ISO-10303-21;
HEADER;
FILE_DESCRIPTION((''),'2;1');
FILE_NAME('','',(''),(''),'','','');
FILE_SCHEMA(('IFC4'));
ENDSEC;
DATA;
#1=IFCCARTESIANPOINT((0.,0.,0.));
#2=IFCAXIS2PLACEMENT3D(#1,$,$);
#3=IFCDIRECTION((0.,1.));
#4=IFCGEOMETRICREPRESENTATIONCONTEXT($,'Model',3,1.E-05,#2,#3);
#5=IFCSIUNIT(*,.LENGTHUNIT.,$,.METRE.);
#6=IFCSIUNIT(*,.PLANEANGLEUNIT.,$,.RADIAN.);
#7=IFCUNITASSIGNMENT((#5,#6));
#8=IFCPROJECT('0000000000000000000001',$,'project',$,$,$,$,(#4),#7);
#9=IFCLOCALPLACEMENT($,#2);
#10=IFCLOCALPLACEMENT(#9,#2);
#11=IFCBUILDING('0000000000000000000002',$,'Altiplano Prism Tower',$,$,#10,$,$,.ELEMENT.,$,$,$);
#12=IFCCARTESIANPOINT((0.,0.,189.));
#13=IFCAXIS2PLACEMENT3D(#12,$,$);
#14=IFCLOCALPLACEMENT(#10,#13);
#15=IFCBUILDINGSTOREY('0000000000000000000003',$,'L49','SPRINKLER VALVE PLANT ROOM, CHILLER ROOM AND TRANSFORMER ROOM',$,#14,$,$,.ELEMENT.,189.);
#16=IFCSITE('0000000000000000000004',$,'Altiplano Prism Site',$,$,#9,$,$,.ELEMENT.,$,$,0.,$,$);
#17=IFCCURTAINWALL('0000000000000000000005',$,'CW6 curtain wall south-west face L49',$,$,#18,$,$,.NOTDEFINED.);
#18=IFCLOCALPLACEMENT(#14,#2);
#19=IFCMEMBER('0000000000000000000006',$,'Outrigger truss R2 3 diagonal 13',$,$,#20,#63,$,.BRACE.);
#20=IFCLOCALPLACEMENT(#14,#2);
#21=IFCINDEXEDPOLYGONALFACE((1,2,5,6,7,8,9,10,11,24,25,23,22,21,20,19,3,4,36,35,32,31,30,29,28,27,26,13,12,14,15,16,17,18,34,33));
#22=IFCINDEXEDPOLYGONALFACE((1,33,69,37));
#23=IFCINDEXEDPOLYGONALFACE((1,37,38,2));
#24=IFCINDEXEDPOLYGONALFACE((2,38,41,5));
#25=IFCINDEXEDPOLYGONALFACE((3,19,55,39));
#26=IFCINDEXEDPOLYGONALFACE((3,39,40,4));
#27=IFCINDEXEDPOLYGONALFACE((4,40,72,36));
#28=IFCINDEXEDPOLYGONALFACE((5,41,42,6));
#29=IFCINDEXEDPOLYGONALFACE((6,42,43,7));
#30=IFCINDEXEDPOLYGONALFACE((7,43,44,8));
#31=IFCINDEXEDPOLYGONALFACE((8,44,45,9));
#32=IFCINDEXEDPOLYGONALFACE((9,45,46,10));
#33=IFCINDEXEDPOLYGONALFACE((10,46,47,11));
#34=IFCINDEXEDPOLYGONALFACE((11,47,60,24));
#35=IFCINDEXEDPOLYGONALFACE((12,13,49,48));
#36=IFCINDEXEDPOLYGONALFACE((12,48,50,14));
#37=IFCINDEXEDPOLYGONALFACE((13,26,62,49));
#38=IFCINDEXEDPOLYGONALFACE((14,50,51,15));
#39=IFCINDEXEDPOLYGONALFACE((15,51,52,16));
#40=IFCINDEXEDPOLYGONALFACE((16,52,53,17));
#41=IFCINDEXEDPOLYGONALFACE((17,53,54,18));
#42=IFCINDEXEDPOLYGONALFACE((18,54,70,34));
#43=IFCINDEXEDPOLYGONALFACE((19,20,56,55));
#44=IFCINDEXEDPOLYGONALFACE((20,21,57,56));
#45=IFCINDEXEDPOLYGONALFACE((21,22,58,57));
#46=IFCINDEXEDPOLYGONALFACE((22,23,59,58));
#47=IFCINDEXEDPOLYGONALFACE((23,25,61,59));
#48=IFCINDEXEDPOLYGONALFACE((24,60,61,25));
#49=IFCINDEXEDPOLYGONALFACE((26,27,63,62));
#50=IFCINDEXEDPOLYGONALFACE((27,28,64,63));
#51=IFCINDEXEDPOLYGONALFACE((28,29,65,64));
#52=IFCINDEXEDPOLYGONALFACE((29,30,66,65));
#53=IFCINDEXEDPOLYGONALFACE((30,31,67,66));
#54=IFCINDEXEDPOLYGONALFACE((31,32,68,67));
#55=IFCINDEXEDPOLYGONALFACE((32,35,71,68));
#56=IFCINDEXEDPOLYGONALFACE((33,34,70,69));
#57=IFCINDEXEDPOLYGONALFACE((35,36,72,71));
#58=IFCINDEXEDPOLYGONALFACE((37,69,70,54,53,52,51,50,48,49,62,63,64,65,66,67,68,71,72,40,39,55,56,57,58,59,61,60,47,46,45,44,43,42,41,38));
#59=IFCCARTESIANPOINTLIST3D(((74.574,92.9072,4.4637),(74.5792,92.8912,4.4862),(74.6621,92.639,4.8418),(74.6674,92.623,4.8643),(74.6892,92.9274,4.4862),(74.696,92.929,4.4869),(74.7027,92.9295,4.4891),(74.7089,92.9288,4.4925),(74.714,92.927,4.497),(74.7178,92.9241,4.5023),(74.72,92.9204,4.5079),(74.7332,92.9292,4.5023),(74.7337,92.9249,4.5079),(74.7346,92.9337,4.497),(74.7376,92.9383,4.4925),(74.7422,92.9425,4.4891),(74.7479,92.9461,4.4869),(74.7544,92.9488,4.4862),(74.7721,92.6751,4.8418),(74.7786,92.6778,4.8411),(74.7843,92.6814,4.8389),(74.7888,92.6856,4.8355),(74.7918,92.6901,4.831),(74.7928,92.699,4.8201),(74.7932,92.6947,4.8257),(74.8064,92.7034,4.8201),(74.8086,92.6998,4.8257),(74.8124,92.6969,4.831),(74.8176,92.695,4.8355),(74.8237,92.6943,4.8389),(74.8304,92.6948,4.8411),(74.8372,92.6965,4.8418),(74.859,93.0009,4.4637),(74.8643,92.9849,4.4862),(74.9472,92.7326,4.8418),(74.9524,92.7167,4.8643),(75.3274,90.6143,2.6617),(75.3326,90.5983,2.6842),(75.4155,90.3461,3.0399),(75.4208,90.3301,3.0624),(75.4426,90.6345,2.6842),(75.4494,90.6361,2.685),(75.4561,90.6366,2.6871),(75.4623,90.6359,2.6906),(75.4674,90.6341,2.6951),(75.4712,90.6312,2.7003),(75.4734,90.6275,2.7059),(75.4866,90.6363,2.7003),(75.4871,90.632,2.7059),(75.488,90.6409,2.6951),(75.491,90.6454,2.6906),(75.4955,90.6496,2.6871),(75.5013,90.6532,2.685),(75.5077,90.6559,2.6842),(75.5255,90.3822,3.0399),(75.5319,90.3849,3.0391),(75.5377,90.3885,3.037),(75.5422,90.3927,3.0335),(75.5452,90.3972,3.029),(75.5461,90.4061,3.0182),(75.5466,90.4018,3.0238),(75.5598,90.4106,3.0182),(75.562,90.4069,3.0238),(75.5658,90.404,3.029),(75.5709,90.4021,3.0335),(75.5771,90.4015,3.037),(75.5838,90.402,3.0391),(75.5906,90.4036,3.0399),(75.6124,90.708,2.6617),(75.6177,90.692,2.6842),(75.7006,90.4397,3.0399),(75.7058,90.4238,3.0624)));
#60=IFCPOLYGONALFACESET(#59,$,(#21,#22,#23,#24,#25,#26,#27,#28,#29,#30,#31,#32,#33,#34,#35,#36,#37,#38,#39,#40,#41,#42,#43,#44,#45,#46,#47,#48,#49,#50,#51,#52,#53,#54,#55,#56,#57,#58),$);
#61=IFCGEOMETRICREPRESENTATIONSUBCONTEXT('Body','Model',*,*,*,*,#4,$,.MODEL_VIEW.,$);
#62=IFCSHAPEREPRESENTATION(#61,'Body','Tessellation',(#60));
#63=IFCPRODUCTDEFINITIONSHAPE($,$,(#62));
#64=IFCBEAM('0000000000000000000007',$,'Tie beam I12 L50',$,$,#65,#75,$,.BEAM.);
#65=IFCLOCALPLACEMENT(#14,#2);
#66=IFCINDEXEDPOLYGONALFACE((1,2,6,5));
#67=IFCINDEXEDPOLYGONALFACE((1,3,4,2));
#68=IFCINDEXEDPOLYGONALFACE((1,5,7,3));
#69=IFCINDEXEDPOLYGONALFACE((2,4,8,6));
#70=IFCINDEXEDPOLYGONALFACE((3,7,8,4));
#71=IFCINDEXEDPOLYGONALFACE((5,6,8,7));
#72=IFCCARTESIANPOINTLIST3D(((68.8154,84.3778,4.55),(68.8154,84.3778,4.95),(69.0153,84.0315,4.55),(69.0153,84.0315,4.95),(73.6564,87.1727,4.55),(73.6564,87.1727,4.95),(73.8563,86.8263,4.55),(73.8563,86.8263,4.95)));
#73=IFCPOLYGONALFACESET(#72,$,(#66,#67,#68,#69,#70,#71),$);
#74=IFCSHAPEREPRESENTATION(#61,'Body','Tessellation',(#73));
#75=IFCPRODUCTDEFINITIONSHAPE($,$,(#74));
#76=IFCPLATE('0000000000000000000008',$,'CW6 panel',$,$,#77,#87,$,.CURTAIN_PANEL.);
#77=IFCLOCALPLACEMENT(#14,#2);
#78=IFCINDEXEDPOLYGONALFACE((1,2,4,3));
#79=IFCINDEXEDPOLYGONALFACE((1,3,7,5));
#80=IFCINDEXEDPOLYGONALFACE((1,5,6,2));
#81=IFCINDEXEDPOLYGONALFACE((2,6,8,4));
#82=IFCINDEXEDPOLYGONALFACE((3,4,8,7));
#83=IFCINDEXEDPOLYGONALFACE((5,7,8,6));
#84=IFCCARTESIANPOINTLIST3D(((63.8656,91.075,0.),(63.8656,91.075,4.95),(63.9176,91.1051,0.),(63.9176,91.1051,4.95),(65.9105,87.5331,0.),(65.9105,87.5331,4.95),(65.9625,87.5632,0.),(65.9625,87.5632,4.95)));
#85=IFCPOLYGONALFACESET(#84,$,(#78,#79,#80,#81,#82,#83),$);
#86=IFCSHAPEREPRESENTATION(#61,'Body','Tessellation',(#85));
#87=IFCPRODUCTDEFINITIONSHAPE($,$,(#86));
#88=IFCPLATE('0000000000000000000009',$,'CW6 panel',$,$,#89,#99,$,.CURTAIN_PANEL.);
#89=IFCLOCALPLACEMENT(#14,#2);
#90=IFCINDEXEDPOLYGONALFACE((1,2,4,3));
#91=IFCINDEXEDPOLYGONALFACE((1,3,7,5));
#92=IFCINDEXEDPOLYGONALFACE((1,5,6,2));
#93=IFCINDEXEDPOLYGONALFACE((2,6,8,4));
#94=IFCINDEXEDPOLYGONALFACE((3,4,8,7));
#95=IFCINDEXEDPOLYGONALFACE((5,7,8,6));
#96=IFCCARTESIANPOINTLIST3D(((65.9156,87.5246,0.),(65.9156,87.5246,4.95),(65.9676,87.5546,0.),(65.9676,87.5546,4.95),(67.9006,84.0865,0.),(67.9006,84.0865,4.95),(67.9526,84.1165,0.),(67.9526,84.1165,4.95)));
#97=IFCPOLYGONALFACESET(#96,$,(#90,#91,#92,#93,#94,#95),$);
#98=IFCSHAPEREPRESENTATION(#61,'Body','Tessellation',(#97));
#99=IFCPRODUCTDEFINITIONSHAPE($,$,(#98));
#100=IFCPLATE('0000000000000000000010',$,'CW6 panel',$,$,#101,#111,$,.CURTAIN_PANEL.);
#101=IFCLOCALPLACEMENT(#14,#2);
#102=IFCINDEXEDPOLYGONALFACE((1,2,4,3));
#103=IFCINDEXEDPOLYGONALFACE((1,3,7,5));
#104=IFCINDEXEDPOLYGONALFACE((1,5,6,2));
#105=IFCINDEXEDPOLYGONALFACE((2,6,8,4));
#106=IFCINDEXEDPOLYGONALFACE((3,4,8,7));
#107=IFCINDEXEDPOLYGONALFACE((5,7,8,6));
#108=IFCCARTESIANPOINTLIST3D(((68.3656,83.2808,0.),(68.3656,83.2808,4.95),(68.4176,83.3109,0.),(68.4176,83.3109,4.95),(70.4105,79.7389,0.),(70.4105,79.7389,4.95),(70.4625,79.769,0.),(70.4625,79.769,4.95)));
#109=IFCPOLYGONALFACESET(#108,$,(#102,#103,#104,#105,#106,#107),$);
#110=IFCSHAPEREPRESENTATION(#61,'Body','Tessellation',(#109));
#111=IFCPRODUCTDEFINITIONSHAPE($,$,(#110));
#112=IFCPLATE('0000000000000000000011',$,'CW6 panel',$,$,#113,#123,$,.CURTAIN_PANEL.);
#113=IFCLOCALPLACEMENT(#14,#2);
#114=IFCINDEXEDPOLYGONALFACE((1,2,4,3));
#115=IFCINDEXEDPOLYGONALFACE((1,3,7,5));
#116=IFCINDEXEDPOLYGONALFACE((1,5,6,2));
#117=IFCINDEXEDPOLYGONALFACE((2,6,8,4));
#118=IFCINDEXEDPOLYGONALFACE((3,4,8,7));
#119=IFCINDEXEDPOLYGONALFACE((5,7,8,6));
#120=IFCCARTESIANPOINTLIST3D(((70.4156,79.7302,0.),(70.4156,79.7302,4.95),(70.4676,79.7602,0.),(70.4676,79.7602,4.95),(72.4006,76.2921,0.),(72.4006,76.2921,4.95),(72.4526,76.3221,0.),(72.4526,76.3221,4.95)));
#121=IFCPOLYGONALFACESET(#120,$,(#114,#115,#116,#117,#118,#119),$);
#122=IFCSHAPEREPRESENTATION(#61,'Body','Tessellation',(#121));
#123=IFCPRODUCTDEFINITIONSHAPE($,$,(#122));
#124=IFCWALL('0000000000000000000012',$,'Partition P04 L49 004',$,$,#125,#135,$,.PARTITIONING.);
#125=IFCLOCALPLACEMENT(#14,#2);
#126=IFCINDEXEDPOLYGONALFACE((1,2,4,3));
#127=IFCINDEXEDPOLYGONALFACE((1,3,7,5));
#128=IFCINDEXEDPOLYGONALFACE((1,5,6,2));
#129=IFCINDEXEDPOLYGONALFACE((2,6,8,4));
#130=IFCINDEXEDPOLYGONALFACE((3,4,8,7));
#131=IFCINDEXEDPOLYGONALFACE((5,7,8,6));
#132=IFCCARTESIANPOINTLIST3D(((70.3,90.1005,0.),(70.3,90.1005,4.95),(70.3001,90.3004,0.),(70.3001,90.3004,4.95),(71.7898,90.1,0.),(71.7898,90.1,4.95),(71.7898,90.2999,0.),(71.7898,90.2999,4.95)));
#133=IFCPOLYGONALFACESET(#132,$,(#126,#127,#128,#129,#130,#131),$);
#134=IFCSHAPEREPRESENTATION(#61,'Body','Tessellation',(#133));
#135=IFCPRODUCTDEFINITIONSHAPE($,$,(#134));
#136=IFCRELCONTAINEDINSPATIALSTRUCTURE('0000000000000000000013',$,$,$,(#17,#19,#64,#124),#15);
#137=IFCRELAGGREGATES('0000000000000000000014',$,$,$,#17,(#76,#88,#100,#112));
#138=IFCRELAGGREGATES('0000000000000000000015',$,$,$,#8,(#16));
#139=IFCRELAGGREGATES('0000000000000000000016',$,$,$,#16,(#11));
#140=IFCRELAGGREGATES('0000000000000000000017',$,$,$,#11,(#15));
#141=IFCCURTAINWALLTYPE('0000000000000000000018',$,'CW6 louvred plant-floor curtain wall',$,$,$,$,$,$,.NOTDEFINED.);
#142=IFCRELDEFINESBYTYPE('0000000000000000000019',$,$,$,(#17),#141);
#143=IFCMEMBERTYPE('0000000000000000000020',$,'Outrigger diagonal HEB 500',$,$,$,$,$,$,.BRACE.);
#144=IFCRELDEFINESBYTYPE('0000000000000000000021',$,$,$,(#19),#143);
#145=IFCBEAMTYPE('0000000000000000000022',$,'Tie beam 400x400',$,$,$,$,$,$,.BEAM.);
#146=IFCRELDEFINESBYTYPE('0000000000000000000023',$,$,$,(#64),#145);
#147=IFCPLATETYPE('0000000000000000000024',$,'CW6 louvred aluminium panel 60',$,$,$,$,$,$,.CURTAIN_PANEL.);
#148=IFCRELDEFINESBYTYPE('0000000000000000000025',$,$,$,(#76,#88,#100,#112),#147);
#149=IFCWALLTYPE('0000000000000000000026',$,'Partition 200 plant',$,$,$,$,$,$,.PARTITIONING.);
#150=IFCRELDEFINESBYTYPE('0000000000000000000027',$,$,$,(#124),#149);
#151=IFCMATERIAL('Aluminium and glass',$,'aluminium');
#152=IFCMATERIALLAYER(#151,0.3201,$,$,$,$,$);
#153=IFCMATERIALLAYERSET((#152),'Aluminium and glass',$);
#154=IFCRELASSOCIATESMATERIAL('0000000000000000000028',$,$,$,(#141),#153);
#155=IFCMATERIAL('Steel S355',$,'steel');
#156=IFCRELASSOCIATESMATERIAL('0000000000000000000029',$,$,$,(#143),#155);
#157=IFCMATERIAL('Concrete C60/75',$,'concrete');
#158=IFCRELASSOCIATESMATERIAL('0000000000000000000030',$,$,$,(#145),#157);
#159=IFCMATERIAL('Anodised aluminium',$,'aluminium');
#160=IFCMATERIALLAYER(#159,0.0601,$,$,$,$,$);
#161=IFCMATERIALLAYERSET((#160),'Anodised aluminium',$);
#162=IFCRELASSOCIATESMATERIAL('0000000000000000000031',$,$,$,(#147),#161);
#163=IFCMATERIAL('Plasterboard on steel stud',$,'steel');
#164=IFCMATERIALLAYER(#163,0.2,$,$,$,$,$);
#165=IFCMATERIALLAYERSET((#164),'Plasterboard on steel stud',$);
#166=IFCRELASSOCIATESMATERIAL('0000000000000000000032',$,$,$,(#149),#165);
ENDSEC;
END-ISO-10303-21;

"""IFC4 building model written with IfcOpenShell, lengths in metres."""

from ifc_helpers import new_model, si_unit, direction, frame, frame_2d, origin, origin_2d, place, context, subcontext, project, spatial, rectangle, i_section, extrude, material, layer, layer_set, material_profile, profile_set, type_object, element, aggregate, save


model = new_model("IFC4")

# Units and contexts
model_context = context("Model", 3, precision=1e-05, world=origin(), true_north=direction((0.0, 1.0)))
body_context = subcontext(model_context, "Body", "Model", "MODEL_VIEW")
ifc_project = project(units=[si_unit("LENGTHUNIT", "METRE"), si_unit("PLANEANGLEUNIT", "RADIAN")], contexts=[model_context])

# Site, building, storey
site_placement = place(None, origin())
site = spatial("IfcSite", under=ifc_project, at=site_placement, Name="Altiplano Prism Site", CompositionType="ELEMENT", RefElevation=0.0)
building_placement = place(site_placement, origin())
building = spatial("IfcBuilding", under=site, at=building_placement, Name="Altiplano Prism Tower", CompositionType="ELEMENT")
storey_placement = place(building_placement, frame((0.0, 0.0, 189.0)))
storey = spatial("IfcBuildingStorey", under=building, at=storey_placement, Name="L49", Description="SPRINKLER VALVE PLANT ROOM, CHILLER ROOM AND TRANSFORMER ROOM", CompositionType="ELEMENT", Elevation=189.0)

# Shared definitions
ifc_material_1 = material(Name="Concrete C60/75", Category="concrete")

# Shared definitions
ifc_material_2 = material(Name="Steel S355", Category="steel")

# Curtain wall
ifc_material_3 = material(Name="Aluminium and glass", Category="aluminium")
ifc_layer_1 = layer(ifc_material_3, 0.3201)
ifc_layer_set_1 = layer_set([ifc_layer_1], Name="Aluminium and glass")
curtain_wall_type = type_object("IfcCurtainWallType", Name="CW6 louvred plant-floor curtain wall", PredefinedType="NOTDEFINED", material=ifc_layer_set_1)
curtain_wall_placement = place(storey_placement, origin())
curtain_wall = element("IfcCurtainWall", 1, at=curtain_wall_placement, inside=storey, type_object=curtain_wall_type, Name="CW6 curtain wall south-west face L49", PredefinedType="NOTDEFINED")

# Member
ifc_material_profile_1 = material_profile(ifc_material_2, i_section(OverallWidth=0.3, OverallDepth=0.5, WebThickness=0.0144, FlangeThickness=0.0281, FilletRadius=0.0271, at=origin_2d()), Name="Outrigger diagonal HEB 500")
ifc_profile_set_1 = profile_set([ifc_material_profile_1], Name="Steel S355")
member_type_1 = type_object("IfcMemberType", Name="Outrigger diagonal HEB 500", PredefinedType="BRACE", material=ifc_profile_set_1)
member_1_placement = place(storey_placement, frame((75.5166, 90.519, 2.8621), z_axis=(-0.250133, 0.761261, 0.598261), x_axis=(-0.95003, -0.312159, 0.0)))
element("IfcMember", 2, at=member_1_placement, inside=storey, type_object=member_type_1, Name="Outrigger truss R2 3 diagonal 13", PredefinedType="BRACE", context=body_context, shape_type="SweptSolid", body=[
    extrude(i_section(OverallWidth=0.3, OverallDepth=0.5, WebThickness=0.0144, FlangeThickness=0.0281, FilletRadius=0.0271, at=origin_2d()), origin(), (0.0, 0.0, 1.0), 3.012),
])

# Beam
ifc_material_profile_2 = material_profile(ifc_material_1, rectangle(XDim=0.3999, YDim=0.3999, at=origin_2d()), Name="Tie beam 400x400")
ifc_profile_set_2 = profile_set([ifc_material_profile_2], Name="Concrete C60/75")
beam_type = type_object("IfcBeamType", Name="Tie beam 400x400", PredefinedType="BEAM", material=ifc_profile_set_2)
beam_placement = place(storey_placement, frame((73.7563, 86.9995, 4.75), z_axis=(-0.866031, -0.499991, 0.0), x_axis=(0.499991, -0.866031, 0.0)))
element("IfcBeam", 3, at=beam_placement, inside=storey, type_object=beam_type, Name="Tie beam I12 L50", PredefinedType="BEAM", context=body_context, shape_type="SweptSolid", body=[
    extrude(rectangle(XDim=0.3999, YDim=0.3999, at=origin_2d()), origin(), (0.0, 0.0, 1.0), 5.5898),
])

# Plates
ifc_material_4 = material(Name="Anodised aluminium", Category="aluminium")
ifc_layer_2 = layer(ifc_material_4, 0.0601)
ifc_layer_set_2 = layer_set([ifc_layer_2], Name="Anodised aluminium")
plate_type = type_object("IfcPlateType", Name="CW6 louvred aluminium panel 60", PredefinedType="CURTAIN_PANEL", material=ifc_layer_set_2)
plate_1_placement = place(storey_placement, frame((64.9141, 89.3191, 0.0), z_axis=(0.0, 0.0, 1.0), x_axis=(0.5, -0.866025, 0.0)))
plate_1 = element("IfcPlate", 4, at=plate_1_placement, type_object=plate_type, Name="CW6 panel", PredefinedType="CURTAIN_PANEL", context=body_context, shape_type="SweptSolid", body=[
    extrude(rectangle(XDim=4.0898, YDim=0.0601, at=origin_2d()), origin(), (0.0, 0.0, 1.0), 4.95),
])
plate_2_placement = place(storey_placement, frame((66.9341, 85.8206, 0.0), z_axis=(0.0, 0.0, 1.0), x_axis=(0.5, -0.866025, 0.0)))
plate_2 = element("IfcPlate", 5, at=plate_2_placement, type_object=plate_type, Name="CW6 panel", PredefinedType="CURTAIN_PANEL", context=body_context, shape_type="SweptSolid", body=[
    extrude(rectangle(XDim=3.97, YDim=0.0601, at=origin_2d()), origin(), (0.0, 0.0, 1.0), 4.95),
])
plate_3_placement = place(storey_placement, frame((69.4141, 81.5249, 0.0), z_axis=(0.0, 0.0, 1.0), x_axis=(0.5, -0.866025, 0.0)))
plate_3 = element("IfcPlate", 6, at=plate_3_placement, type_object=plate_type, Name="CW6 panel", PredefinedType="CURTAIN_PANEL", context=body_context, shape_type="SweptSolid", body=[
    extrude(rectangle(XDim=4.0898, YDim=0.0601, at=origin_2d()), origin(), (0.0, 0.0, 1.0), 4.95),
])
plate_4_placement = place(storey_placement, frame((71.4341, 78.0261, 0.0), z_axis=(0.0, 0.0, 1.0), x_axis=(0.5, -0.866025, 0.0)))
plate_4 = element("IfcPlate", 7, at=plate_4_placement, type_object=plate_type, Name="CW6 panel", PredefinedType="CURTAIN_PANEL", context=body_context, shape_type="SweptSolid", body=[
    extrude(rectangle(XDim=3.97, YDim=0.0601, at=origin_2d()), origin(), (0.0, 0.0, 1.0), 4.95),
])
aggregate(curtain_wall, [plate_1, plate_2, plate_3, plate_4])

# Wall
ifc_material_5 = material(Name="Plasterboard on steel stud", Category="steel")
ifc_layer_3 = layer(ifc_material_5, 0.2)
ifc_layer_set_3 = layer_set([ifc_layer_3], Name="Plasterboard on steel stud")
wall_type = type_object("IfcWallType", Name="Partition 200 plant", PredefinedType="PARTITIONING", material=ifc_layer_set_3)
wall_1_placement = place(storey_placement, frame((70.3, 90.2004, 0.0), z_axis=(0.0, 0.0, 1.0), x_axis=(1.0, -0.000328, 0.0)))
element("IfcWall", 8, at=wall_1_placement, inside=storey, type_object=wall_type, Name="Partition P04 L49 004", PredefinedType="PARTITIONING", context=body_context, shape_type="SweptSolid", body=[
    extrude(rectangle(XDim=1.4897, YDim=0.2, at=frame_2d((0.7449, 0.0))), origin(), (0.0, 0.0, 1.0), 4.95),
])

save(model, "model.ifc")
